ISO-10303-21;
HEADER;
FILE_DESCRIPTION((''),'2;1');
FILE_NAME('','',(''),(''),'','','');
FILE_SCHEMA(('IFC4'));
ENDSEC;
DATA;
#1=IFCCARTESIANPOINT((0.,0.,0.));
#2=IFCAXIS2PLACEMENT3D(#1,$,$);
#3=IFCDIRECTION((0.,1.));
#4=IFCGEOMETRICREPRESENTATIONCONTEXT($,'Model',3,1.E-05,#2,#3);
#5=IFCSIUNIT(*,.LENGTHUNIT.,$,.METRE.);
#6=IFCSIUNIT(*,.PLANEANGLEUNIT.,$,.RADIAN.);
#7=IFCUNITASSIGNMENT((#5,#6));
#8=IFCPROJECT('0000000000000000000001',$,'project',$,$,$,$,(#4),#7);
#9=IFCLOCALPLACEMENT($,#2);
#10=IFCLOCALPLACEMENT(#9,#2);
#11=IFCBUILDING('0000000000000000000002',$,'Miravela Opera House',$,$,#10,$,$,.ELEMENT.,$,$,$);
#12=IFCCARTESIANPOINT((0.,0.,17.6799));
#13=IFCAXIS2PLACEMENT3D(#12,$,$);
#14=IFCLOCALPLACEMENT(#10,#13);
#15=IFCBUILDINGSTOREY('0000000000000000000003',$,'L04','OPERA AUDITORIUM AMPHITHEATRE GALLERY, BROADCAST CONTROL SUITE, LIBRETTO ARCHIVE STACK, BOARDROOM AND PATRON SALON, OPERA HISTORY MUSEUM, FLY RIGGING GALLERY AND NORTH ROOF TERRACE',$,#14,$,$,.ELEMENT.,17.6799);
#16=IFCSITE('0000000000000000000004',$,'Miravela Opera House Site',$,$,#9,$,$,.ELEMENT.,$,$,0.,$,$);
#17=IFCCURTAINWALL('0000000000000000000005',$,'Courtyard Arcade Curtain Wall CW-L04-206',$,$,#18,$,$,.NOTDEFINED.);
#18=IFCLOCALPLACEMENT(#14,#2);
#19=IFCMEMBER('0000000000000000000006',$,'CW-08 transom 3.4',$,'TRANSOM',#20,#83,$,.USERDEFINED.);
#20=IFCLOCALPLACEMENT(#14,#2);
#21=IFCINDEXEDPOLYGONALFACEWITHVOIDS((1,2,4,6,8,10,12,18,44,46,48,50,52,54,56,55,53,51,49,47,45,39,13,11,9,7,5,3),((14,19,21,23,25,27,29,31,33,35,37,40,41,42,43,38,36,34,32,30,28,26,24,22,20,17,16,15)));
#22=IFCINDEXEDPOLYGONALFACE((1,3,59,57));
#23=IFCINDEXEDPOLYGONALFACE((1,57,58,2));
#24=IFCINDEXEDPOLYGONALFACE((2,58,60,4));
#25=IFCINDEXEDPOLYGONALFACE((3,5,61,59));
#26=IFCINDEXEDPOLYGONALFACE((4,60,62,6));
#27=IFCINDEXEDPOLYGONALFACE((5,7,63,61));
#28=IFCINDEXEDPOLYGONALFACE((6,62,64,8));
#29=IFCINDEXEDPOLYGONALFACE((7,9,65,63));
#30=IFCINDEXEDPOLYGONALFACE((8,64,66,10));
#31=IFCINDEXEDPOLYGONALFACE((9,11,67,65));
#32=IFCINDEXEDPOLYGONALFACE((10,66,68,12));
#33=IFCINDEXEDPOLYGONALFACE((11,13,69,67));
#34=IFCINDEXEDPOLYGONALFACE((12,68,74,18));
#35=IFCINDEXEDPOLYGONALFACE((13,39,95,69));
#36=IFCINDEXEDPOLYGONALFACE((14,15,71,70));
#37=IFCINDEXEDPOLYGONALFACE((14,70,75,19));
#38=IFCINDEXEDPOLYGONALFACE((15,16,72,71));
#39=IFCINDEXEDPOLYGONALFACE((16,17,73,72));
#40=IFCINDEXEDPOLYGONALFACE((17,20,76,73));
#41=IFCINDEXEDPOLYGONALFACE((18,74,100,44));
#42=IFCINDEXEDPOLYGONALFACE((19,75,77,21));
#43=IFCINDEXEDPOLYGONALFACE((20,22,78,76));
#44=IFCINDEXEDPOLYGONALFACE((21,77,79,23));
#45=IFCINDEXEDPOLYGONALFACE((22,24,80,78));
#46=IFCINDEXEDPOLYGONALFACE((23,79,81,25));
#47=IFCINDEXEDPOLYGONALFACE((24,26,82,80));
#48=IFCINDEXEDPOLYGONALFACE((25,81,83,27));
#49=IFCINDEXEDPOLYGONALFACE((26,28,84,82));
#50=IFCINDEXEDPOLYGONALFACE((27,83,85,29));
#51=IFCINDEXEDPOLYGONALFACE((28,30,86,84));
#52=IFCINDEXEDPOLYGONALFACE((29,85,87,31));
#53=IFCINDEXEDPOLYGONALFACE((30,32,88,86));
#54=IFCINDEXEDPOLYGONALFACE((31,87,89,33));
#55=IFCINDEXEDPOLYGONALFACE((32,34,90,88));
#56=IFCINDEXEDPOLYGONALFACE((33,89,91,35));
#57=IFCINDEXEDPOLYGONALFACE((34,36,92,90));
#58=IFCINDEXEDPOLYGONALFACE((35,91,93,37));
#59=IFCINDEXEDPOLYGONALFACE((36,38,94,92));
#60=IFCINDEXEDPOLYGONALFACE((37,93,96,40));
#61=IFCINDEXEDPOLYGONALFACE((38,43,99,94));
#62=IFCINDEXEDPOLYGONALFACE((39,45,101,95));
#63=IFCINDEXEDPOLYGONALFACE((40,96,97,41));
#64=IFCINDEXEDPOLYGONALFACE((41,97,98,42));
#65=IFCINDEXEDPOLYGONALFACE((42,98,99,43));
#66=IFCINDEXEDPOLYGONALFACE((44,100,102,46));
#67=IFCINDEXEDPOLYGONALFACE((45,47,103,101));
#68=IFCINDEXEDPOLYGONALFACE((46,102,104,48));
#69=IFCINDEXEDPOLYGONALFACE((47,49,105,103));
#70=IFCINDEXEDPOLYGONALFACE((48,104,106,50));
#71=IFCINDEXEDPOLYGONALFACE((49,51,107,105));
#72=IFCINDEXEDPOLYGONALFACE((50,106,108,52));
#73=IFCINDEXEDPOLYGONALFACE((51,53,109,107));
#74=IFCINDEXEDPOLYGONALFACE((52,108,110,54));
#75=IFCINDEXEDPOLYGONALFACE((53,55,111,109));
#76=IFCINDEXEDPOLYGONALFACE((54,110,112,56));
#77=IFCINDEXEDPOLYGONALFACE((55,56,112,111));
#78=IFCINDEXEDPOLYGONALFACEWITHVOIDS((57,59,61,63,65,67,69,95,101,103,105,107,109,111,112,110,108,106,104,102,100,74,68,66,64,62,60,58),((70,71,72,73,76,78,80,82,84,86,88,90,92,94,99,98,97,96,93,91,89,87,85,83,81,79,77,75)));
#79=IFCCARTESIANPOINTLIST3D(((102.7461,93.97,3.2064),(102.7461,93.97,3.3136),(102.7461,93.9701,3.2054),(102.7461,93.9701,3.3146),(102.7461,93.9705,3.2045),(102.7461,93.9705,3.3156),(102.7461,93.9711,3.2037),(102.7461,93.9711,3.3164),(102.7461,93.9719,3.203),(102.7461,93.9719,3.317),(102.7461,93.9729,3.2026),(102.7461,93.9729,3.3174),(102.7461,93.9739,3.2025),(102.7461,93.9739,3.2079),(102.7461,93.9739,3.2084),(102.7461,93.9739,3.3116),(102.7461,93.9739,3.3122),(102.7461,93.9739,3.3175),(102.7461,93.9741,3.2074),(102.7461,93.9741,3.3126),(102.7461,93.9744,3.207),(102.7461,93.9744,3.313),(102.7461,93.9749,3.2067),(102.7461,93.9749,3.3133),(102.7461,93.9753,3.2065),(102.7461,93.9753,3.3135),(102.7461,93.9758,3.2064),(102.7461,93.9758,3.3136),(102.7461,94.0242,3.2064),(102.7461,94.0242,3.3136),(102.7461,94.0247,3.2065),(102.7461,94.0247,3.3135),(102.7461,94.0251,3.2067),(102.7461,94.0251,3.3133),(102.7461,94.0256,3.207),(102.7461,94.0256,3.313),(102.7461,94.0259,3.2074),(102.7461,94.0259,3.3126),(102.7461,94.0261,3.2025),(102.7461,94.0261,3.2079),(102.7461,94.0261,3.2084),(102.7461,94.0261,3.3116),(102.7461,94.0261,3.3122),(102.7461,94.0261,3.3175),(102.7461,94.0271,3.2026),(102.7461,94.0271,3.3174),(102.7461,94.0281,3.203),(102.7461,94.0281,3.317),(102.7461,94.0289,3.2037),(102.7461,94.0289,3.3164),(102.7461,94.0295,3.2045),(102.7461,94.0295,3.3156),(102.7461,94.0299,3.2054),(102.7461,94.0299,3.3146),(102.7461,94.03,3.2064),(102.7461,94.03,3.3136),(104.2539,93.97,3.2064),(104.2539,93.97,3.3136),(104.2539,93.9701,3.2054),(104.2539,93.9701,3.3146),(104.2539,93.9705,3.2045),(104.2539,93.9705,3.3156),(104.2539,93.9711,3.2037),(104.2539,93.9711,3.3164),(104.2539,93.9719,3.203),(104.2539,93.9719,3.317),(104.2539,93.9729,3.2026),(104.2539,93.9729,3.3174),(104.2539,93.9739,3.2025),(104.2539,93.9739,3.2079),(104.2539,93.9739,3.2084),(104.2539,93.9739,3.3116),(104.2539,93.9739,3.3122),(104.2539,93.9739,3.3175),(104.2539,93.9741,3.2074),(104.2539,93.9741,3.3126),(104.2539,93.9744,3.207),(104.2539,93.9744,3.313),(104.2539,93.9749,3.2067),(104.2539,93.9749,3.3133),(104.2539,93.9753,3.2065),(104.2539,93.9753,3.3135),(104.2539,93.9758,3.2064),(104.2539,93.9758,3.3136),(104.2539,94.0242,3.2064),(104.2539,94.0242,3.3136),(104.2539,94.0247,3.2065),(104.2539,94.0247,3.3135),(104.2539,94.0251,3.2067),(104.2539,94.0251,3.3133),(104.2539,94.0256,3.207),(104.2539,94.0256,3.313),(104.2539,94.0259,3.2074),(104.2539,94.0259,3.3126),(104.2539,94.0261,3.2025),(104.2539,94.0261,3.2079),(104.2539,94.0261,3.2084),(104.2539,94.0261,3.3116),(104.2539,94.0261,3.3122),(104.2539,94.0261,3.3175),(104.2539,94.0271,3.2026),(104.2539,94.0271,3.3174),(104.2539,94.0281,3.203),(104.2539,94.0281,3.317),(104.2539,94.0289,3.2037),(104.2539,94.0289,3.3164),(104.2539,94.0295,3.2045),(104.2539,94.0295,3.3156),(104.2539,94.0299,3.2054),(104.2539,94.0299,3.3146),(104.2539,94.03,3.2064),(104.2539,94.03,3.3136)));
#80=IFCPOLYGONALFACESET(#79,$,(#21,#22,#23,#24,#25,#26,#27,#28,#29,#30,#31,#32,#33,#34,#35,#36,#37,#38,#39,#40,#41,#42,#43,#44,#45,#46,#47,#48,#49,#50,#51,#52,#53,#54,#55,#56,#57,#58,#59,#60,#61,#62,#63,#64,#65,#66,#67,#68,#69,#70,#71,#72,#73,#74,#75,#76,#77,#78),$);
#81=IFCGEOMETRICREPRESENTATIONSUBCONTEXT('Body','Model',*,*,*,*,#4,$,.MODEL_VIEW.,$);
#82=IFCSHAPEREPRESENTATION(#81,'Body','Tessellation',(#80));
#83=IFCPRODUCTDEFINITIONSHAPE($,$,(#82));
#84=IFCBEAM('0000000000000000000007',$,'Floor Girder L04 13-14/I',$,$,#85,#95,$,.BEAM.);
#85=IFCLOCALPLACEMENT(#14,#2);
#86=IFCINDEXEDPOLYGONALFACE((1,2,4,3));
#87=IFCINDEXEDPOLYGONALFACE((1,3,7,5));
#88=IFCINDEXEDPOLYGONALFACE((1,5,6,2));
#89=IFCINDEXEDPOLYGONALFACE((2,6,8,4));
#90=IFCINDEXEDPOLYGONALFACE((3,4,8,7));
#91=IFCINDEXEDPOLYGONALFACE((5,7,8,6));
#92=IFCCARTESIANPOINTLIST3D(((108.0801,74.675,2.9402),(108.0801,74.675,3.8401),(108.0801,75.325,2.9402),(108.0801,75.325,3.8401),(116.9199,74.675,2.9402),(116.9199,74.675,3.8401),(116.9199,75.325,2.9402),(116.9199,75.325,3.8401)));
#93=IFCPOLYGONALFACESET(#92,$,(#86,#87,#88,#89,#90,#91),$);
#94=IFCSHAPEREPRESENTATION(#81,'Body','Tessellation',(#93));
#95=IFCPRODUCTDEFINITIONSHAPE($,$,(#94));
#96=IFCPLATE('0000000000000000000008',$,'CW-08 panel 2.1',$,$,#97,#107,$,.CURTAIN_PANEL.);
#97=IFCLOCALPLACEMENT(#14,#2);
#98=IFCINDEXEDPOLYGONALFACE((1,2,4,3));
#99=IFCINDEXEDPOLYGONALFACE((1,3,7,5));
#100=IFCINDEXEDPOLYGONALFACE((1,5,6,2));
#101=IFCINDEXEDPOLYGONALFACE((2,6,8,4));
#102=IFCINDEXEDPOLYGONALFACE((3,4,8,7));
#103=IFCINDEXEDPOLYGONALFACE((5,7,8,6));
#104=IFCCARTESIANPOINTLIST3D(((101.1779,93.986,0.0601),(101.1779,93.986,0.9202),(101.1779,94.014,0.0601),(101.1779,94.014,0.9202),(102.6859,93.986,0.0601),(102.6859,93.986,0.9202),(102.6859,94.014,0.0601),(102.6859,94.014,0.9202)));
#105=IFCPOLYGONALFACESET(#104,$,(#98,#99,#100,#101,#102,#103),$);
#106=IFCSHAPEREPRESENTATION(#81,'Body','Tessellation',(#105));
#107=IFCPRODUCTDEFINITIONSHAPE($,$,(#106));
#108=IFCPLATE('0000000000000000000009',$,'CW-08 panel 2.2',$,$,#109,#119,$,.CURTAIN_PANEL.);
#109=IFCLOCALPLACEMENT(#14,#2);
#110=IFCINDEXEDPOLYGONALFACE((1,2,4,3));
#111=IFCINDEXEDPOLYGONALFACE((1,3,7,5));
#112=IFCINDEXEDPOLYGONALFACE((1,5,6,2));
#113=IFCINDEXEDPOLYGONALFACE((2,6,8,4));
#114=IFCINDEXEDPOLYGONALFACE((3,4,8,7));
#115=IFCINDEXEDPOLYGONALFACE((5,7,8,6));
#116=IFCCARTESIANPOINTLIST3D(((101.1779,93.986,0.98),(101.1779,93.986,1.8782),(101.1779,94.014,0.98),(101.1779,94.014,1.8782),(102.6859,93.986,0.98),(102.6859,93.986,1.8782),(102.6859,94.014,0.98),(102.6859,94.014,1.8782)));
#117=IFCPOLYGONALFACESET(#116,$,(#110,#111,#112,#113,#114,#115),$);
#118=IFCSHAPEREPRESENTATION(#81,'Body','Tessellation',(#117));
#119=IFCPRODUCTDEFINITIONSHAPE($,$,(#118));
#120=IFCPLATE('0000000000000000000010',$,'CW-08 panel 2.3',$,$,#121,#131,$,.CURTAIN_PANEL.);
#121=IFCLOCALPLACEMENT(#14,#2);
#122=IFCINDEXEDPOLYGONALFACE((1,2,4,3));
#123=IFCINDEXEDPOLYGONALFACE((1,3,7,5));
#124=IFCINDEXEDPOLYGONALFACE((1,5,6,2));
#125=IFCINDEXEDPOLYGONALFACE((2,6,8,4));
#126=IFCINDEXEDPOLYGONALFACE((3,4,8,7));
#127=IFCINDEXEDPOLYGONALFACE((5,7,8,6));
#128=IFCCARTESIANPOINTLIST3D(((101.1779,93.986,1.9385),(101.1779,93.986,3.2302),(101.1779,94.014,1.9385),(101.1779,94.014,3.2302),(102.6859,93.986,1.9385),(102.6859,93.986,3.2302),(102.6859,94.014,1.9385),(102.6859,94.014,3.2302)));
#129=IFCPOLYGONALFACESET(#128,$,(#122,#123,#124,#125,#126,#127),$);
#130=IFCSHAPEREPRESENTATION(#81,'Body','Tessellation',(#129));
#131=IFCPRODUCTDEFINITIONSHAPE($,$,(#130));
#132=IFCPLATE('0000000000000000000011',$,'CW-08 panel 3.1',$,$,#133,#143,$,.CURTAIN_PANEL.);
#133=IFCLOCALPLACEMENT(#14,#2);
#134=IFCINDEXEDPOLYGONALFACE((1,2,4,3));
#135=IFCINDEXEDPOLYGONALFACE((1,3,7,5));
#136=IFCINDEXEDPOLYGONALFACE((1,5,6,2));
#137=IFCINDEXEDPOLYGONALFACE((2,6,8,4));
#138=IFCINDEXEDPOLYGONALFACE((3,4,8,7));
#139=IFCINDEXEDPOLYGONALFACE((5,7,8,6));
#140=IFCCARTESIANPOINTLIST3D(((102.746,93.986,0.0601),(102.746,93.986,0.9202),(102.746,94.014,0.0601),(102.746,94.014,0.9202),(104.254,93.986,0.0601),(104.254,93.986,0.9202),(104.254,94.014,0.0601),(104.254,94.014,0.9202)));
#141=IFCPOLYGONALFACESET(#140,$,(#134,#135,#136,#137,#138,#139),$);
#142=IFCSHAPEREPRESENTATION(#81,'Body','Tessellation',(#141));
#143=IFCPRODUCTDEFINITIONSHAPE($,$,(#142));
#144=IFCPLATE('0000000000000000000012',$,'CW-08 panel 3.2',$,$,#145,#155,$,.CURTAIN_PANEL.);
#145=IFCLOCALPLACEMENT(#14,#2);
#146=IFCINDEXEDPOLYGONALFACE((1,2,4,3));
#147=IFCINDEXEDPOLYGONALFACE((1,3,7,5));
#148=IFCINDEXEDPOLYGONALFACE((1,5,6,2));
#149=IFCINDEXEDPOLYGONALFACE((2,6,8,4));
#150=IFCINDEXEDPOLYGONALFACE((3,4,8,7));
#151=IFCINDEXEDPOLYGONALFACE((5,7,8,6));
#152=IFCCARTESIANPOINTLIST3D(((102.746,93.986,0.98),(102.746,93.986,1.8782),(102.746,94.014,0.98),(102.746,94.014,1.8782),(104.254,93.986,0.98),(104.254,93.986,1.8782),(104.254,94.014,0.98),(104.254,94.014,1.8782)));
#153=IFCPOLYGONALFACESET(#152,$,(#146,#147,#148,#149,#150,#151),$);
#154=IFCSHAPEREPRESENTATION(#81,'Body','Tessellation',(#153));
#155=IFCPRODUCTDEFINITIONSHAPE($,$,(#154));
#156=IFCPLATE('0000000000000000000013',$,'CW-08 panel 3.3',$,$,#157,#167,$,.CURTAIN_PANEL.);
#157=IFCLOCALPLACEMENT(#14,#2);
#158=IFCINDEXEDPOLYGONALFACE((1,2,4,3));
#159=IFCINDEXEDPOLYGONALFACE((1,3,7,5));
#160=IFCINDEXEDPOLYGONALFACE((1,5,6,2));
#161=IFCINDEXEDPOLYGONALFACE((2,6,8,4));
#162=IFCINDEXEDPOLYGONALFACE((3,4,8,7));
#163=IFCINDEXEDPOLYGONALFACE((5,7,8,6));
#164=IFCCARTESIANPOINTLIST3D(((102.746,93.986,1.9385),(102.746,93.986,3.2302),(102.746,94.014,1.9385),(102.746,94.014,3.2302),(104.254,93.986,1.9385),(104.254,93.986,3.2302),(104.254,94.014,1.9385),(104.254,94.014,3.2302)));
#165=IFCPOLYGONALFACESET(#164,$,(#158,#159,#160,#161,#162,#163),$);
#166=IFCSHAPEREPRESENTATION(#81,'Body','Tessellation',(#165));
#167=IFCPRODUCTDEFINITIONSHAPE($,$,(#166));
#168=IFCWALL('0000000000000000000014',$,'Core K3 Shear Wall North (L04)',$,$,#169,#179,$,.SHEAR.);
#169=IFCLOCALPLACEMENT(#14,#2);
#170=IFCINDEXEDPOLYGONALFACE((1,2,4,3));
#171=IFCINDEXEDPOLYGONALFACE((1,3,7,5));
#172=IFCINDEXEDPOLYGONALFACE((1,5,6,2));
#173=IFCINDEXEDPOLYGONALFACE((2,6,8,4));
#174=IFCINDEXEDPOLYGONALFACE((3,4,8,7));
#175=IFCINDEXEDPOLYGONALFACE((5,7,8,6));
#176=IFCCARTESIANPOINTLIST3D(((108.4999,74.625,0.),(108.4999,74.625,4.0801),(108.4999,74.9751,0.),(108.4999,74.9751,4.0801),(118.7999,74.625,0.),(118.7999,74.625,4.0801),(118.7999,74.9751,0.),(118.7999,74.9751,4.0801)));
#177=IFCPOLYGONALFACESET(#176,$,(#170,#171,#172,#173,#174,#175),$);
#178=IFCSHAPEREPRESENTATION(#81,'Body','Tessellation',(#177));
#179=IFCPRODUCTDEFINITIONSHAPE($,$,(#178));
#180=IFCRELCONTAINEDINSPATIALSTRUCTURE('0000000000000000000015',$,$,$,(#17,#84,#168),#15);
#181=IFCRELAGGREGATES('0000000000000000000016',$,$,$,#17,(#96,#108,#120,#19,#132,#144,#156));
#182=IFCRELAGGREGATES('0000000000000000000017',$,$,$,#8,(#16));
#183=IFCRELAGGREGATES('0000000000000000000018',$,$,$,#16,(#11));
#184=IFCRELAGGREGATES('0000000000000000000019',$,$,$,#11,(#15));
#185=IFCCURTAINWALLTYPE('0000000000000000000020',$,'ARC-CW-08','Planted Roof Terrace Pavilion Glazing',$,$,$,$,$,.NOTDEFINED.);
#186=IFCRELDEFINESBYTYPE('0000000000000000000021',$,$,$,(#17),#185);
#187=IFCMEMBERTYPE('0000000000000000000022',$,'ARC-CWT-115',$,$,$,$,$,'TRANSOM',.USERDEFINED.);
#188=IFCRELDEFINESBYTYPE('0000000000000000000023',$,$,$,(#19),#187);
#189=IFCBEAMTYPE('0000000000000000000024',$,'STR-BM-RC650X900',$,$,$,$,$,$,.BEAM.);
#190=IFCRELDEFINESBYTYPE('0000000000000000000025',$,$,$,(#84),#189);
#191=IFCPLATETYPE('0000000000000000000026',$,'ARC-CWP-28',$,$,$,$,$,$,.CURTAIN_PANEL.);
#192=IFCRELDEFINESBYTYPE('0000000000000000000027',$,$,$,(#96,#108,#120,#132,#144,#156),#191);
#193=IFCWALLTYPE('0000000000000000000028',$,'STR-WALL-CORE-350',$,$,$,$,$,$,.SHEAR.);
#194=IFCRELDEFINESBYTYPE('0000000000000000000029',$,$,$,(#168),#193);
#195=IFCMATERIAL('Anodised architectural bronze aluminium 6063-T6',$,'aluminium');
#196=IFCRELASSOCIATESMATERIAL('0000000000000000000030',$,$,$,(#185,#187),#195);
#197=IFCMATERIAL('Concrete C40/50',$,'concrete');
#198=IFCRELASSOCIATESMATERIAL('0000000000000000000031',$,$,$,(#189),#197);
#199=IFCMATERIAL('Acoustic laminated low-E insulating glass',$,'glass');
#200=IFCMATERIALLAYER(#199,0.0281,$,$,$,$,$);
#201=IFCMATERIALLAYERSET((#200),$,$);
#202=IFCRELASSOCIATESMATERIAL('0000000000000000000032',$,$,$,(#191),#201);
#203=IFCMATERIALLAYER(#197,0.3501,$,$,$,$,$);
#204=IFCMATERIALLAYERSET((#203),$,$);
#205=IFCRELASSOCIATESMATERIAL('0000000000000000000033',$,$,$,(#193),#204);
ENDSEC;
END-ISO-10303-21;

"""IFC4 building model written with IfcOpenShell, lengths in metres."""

from ifc_helpers import new_model, si_unit, direction, frame, frame_2d, origin, origin_2d, place, context, subcontext, project, spatial, rectangle, hollow_rectangle, extrude, material, layer, layer_set, material_profile, profile_set, type_object, element, aggregate, save


model = new_model("IFC4")

# Units and contexts
model_context = context("Model", 3, precision=1e-05, world=origin(), true_north=direction((0.0, 1.0)))
body_context = subcontext(model_context, "Body", "Model", "MODEL_VIEW")
ifc_project = project(units=[si_unit("LENGTHUNIT", "METRE"), si_unit("PLANEANGLEUNIT", "RADIAN")], contexts=[model_context])

# Site, building, storey
site_placement = place(None, origin())
site = spatial("IfcSite", under=ifc_project, at=site_placement, Name="Miravela Opera House Site", CompositionType="ELEMENT", RefElevation=0.0)
building_placement = place(site_placement, origin())
building = spatial("IfcBuilding", under=site, at=building_placement, Name="Miravela Opera House", CompositionType="ELEMENT")
storey_placement = place(building_placement, frame((0.0, 0.0, 17.6799)))
storey = spatial("IfcBuildingStorey", under=building, at=storey_placement, Name="L04", Description="OPERA AUDITORIUM AMPHITHEATRE GALLERY, BROADCAST CONTROL SUITE, LIBRETTO ARCHIVE STACK, BOARDROOM AND PATRON SALON, OPERA HISTORY MUSEUM, FLY RIGGING GALLERY AND NORTH ROOF TERRACE", CompositionType="ELEMENT", Elevation=17.6799)

# Curtain wall, member
ifc_material_1 = material(Name="Anodised architectural bronze aluminium 6063-T6", Category="aluminium")
curtain_wall_type = type_object("IfcCurtainWallType", Name="ARC-CW-08", Description="Planted Roof Terrace Pavilion Glazing", PredefinedType="NOTDEFINED", material=ifc_material_1)
curtain_wall_placement = place(storey_placement, origin())
curtain_wall = element("IfcCurtainWall", 1, at=curtain_wall_placement, inside=storey, type_object=curtain_wall_type, Name="Courtyard Arcade Curtain Wall CW-L04-206", PredefinedType="NOTDEFINED")
ifc_material_profile_1 = material_profile(ifc_material_1, hollow_rectangle(XDim=0.0601, YDim=0.115, WallThickness=0.0039, InnerFilletRadius=0.002, OuterFilletRadius=0.0039, at=origin_2d()), Name="CWT-60X115")
ifc_profile_set_1 = profile_set([ifc_material_profile_1])
member_type_1 = type_object("IfcMemberType", Name="ARC-CWT-115", ElementType="TRANSOM", PredefinedType="USERDEFINED", material=ifc_profile_set_1)
member_1_placement = place(storey_placement, frame((102.7461, 94.0, 3.26), z_axis=(1.0, 0.0, 0.0), x_axis=(0.0, 1.0, 0.0)))
member_1 = element("IfcMember", 2, at=member_1_placement, type_object=member_type_1, Name="CW-08 transom 3.4", ObjectType="TRANSOM", PredefinedType="USERDEFINED", context=body_context, shape_type="SweptSolid", body=[
    extrude(hollow_rectangle(XDim=0.0601, YDim=0.115, WallThickness=0.0039, InnerFilletRadius=0.002, OuterFilletRadius=0.0039, at=origin_2d()), origin(), (0.0, 0.0, 1.0), 1.5078),
])

# Beam
ifc_material_2 = material(Name="Concrete C40/50", Category="concrete")
ifc_material_profile_2 = material_profile(ifc_material_2, rectangle(XDim=0.6499, YDim=0.8999, at=origin_2d()), Name="RC-BM-650X900")
ifc_profile_set_2 = profile_set([ifc_material_profile_2])
beam_type = type_object("IfcBeamType", Name="STR-BM-RC650X900", PredefinedType="BEAM", material=ifc_profile_set_2)
beam_placement = place(storey_placement, frame((108.0801, 75.0, 3.3901), z_axis=(1.0, 0.0, 0.0), x_axis=(0.0, 1.0, 0.0)))
element("IfcBeam", 3, at=beam_placement, inside=storey, type_object=beam_type, Name="Floor Girder L04 13-14/I", PredefinedType="BEAM", context=body_context, shape_type="SweptSolid", body=[
    extrude(rectangle(XDim=0.6499, YDim=0.8999, at=origin_2d()), origin(), (0.0, 0.0, 1.0), 8.8398),
])

# Plates
ifc_material_3 = material(Name="Acoustic laminated low-E insulating glass", Category="glass")
ifc_layer_1 = layer(ifc_material_3, 0.0281)
ifc_layer_set_1 = layer_set([ifc_layer_1])
plate_type = type_object("IfcPlateType", Name="ARC-CWP-28", PredefinedType="CURTAIN_PANEL", material=ifc_layer_set_1)
plate_1_placement = place(storey_placement, frame((101.9319, 94.0, 0.0601), z_axis=(0.0, 0.0, 1.0), x_axis=(1.0, 0.0, 0.0)))
plate_1 = element("IfcPlate", 4, at=plate_1_placement, type_object=plate_type, Name="CW-08 panel 2.1", PredefinedType="CURTAIN_PANEL", context=body_context, shape_type="SweptSolid", body=[
    extrude(rectangle(XDim=1.5081, YDim=0.0281, at=origin_2d()), origin(), (0.0, 0.0, 1.0), 0.8601),
])
plate_2_placement = place(storey_placement, frame((101.9319, 94.0, 0.98), z_axis=(0.0, 0.0, 1.0), x_axis=(1.0, 0.0, 0.0)))
plate_2 = element("IfcPlate", 5, at=plate_2_placement, type_object=plate_type, Name="CW-08 panel 2.2", PredefinedType="CURTAIN_PANEL", context=body_context, shape_type="SweptSolid", body=[
    extrude(rectangle(XDim=1.5081, YDim=0.0281, at=origin_2d()), origin(), (0.0, 0.0, 1.0), 0.8982),
])
plate_3_placement = place(storey_placement, frame((101.9319, 94.0, 1.9385), z_axis=(0.0, 0.0, 1.0), x_axis=(1.0, 0.0, 0.0)))
plate_3 = element("IfcPlate", 6, at=plate_3_placement, type_object=plate_type, Name="CW-08 panel 2.3", PredefinedType="CURTAIN_PANEL", context=body_context, shape_type="SweptSolid", body=[
    extrude(rectangle(XDim=1.5081, YDim=0.0281, at=origin_2d()), origin(), (0.0, 0.0, 1.0), 1.2917),
])
plate_4_placement = place(storey_placement, frame((103.5, 94.0, 0.0601), z_axis=(0.0, 0.0, 1.0), x_axis=(1.0, 0.0, 0.0)))
plate_4 = element("IfcPlate", 7, at=plate_4_placement, type_object=plate_type, Name="CW-08 panel 3.1", PredefinedType="CURTAIN_PANEL", context=body_context, shape_type="SweptSolid", body=[
    extrude(rectangle(XDim=1.5081, YDim=0.0281, at=origin_2d()), origin(), (0.0, 0.0, 1.0), 0.8601),
])
plate_5_placement = place(storey_placement, frame((103.5, 94.0, 0.98), z_axis=(0.0, 0.0, 1.0), x_axis=(1.0, 0.0, 0.0)))
plate_5 = element("IfcPlate", 8, at=plate_5_placement, type_object=plate_type, Name="CW-08 panel 3.2", PredefinedType="CURTAIN_PANEL", context=body_context, shape_type="SweptSolid", body=[
    extrude(rectangle(XDim=1.5081, YDim=0.0281, at=origin_2d()), origin(), (0.0, 0.0, 1.0), 0.8982),
])
plate_6_placement = place(storey_placement, frame((103.5, 94.0, 1.9385), z_axis=(0.0, 0.0, 1.0), x_axis=(1.0, 0.0, 0.0)))
plate_6 = element("IfcPlate", 9, at=plate_6_placement, type_object=plate_type, Name="CW-08 panel 3.3", PredefinedType="CURTAIN_PANEL", context=body_context, shape_type="SweptSolid", body=[
    extrude(rectangle(XDim=1.5081, YDim=0.0281, at=origin_2d()), origin(), (0.0, 0.0, 1.0), 1.2917),
])
aggregate(curtain_wall, [plate_1, plate_2, plate_3, member_1, plate_4, plate_5, plate_6])

# Wall
ifc_layer_2 = layer(ifc_material_2, 0.3501)
ifc_layer_set_2 = layer_set([ifc_layer_2])
wall_type = type_object("IfcWallType", Name="STR-WALL-CORE-350", PredefinedType="SHEAR", material=ifc_layer_set_2)
wall_placement = place(storey_placement, frame((108.5, 74.8, 0.0), z_axis=(0.0, 0.0, 1.0), x_axis=(1.0, 0.0, 0.0)))
element("IfcWall", 10, at=wall_placement, inside=storey, type_object=wall_type, Name="Core K3 Shear Wall North (L04)", PredefinedType="SHEAR", context=body_context, shape_type="SweptSolid", body=[
    extrude(rectangle(XDim=10.3, YDim=0.3501, at=frame_2d((5.1499, 0.0))), origin(), (0.0, 0.0, 1.0), 4.0801),
])

save(model, "model.ifc")
